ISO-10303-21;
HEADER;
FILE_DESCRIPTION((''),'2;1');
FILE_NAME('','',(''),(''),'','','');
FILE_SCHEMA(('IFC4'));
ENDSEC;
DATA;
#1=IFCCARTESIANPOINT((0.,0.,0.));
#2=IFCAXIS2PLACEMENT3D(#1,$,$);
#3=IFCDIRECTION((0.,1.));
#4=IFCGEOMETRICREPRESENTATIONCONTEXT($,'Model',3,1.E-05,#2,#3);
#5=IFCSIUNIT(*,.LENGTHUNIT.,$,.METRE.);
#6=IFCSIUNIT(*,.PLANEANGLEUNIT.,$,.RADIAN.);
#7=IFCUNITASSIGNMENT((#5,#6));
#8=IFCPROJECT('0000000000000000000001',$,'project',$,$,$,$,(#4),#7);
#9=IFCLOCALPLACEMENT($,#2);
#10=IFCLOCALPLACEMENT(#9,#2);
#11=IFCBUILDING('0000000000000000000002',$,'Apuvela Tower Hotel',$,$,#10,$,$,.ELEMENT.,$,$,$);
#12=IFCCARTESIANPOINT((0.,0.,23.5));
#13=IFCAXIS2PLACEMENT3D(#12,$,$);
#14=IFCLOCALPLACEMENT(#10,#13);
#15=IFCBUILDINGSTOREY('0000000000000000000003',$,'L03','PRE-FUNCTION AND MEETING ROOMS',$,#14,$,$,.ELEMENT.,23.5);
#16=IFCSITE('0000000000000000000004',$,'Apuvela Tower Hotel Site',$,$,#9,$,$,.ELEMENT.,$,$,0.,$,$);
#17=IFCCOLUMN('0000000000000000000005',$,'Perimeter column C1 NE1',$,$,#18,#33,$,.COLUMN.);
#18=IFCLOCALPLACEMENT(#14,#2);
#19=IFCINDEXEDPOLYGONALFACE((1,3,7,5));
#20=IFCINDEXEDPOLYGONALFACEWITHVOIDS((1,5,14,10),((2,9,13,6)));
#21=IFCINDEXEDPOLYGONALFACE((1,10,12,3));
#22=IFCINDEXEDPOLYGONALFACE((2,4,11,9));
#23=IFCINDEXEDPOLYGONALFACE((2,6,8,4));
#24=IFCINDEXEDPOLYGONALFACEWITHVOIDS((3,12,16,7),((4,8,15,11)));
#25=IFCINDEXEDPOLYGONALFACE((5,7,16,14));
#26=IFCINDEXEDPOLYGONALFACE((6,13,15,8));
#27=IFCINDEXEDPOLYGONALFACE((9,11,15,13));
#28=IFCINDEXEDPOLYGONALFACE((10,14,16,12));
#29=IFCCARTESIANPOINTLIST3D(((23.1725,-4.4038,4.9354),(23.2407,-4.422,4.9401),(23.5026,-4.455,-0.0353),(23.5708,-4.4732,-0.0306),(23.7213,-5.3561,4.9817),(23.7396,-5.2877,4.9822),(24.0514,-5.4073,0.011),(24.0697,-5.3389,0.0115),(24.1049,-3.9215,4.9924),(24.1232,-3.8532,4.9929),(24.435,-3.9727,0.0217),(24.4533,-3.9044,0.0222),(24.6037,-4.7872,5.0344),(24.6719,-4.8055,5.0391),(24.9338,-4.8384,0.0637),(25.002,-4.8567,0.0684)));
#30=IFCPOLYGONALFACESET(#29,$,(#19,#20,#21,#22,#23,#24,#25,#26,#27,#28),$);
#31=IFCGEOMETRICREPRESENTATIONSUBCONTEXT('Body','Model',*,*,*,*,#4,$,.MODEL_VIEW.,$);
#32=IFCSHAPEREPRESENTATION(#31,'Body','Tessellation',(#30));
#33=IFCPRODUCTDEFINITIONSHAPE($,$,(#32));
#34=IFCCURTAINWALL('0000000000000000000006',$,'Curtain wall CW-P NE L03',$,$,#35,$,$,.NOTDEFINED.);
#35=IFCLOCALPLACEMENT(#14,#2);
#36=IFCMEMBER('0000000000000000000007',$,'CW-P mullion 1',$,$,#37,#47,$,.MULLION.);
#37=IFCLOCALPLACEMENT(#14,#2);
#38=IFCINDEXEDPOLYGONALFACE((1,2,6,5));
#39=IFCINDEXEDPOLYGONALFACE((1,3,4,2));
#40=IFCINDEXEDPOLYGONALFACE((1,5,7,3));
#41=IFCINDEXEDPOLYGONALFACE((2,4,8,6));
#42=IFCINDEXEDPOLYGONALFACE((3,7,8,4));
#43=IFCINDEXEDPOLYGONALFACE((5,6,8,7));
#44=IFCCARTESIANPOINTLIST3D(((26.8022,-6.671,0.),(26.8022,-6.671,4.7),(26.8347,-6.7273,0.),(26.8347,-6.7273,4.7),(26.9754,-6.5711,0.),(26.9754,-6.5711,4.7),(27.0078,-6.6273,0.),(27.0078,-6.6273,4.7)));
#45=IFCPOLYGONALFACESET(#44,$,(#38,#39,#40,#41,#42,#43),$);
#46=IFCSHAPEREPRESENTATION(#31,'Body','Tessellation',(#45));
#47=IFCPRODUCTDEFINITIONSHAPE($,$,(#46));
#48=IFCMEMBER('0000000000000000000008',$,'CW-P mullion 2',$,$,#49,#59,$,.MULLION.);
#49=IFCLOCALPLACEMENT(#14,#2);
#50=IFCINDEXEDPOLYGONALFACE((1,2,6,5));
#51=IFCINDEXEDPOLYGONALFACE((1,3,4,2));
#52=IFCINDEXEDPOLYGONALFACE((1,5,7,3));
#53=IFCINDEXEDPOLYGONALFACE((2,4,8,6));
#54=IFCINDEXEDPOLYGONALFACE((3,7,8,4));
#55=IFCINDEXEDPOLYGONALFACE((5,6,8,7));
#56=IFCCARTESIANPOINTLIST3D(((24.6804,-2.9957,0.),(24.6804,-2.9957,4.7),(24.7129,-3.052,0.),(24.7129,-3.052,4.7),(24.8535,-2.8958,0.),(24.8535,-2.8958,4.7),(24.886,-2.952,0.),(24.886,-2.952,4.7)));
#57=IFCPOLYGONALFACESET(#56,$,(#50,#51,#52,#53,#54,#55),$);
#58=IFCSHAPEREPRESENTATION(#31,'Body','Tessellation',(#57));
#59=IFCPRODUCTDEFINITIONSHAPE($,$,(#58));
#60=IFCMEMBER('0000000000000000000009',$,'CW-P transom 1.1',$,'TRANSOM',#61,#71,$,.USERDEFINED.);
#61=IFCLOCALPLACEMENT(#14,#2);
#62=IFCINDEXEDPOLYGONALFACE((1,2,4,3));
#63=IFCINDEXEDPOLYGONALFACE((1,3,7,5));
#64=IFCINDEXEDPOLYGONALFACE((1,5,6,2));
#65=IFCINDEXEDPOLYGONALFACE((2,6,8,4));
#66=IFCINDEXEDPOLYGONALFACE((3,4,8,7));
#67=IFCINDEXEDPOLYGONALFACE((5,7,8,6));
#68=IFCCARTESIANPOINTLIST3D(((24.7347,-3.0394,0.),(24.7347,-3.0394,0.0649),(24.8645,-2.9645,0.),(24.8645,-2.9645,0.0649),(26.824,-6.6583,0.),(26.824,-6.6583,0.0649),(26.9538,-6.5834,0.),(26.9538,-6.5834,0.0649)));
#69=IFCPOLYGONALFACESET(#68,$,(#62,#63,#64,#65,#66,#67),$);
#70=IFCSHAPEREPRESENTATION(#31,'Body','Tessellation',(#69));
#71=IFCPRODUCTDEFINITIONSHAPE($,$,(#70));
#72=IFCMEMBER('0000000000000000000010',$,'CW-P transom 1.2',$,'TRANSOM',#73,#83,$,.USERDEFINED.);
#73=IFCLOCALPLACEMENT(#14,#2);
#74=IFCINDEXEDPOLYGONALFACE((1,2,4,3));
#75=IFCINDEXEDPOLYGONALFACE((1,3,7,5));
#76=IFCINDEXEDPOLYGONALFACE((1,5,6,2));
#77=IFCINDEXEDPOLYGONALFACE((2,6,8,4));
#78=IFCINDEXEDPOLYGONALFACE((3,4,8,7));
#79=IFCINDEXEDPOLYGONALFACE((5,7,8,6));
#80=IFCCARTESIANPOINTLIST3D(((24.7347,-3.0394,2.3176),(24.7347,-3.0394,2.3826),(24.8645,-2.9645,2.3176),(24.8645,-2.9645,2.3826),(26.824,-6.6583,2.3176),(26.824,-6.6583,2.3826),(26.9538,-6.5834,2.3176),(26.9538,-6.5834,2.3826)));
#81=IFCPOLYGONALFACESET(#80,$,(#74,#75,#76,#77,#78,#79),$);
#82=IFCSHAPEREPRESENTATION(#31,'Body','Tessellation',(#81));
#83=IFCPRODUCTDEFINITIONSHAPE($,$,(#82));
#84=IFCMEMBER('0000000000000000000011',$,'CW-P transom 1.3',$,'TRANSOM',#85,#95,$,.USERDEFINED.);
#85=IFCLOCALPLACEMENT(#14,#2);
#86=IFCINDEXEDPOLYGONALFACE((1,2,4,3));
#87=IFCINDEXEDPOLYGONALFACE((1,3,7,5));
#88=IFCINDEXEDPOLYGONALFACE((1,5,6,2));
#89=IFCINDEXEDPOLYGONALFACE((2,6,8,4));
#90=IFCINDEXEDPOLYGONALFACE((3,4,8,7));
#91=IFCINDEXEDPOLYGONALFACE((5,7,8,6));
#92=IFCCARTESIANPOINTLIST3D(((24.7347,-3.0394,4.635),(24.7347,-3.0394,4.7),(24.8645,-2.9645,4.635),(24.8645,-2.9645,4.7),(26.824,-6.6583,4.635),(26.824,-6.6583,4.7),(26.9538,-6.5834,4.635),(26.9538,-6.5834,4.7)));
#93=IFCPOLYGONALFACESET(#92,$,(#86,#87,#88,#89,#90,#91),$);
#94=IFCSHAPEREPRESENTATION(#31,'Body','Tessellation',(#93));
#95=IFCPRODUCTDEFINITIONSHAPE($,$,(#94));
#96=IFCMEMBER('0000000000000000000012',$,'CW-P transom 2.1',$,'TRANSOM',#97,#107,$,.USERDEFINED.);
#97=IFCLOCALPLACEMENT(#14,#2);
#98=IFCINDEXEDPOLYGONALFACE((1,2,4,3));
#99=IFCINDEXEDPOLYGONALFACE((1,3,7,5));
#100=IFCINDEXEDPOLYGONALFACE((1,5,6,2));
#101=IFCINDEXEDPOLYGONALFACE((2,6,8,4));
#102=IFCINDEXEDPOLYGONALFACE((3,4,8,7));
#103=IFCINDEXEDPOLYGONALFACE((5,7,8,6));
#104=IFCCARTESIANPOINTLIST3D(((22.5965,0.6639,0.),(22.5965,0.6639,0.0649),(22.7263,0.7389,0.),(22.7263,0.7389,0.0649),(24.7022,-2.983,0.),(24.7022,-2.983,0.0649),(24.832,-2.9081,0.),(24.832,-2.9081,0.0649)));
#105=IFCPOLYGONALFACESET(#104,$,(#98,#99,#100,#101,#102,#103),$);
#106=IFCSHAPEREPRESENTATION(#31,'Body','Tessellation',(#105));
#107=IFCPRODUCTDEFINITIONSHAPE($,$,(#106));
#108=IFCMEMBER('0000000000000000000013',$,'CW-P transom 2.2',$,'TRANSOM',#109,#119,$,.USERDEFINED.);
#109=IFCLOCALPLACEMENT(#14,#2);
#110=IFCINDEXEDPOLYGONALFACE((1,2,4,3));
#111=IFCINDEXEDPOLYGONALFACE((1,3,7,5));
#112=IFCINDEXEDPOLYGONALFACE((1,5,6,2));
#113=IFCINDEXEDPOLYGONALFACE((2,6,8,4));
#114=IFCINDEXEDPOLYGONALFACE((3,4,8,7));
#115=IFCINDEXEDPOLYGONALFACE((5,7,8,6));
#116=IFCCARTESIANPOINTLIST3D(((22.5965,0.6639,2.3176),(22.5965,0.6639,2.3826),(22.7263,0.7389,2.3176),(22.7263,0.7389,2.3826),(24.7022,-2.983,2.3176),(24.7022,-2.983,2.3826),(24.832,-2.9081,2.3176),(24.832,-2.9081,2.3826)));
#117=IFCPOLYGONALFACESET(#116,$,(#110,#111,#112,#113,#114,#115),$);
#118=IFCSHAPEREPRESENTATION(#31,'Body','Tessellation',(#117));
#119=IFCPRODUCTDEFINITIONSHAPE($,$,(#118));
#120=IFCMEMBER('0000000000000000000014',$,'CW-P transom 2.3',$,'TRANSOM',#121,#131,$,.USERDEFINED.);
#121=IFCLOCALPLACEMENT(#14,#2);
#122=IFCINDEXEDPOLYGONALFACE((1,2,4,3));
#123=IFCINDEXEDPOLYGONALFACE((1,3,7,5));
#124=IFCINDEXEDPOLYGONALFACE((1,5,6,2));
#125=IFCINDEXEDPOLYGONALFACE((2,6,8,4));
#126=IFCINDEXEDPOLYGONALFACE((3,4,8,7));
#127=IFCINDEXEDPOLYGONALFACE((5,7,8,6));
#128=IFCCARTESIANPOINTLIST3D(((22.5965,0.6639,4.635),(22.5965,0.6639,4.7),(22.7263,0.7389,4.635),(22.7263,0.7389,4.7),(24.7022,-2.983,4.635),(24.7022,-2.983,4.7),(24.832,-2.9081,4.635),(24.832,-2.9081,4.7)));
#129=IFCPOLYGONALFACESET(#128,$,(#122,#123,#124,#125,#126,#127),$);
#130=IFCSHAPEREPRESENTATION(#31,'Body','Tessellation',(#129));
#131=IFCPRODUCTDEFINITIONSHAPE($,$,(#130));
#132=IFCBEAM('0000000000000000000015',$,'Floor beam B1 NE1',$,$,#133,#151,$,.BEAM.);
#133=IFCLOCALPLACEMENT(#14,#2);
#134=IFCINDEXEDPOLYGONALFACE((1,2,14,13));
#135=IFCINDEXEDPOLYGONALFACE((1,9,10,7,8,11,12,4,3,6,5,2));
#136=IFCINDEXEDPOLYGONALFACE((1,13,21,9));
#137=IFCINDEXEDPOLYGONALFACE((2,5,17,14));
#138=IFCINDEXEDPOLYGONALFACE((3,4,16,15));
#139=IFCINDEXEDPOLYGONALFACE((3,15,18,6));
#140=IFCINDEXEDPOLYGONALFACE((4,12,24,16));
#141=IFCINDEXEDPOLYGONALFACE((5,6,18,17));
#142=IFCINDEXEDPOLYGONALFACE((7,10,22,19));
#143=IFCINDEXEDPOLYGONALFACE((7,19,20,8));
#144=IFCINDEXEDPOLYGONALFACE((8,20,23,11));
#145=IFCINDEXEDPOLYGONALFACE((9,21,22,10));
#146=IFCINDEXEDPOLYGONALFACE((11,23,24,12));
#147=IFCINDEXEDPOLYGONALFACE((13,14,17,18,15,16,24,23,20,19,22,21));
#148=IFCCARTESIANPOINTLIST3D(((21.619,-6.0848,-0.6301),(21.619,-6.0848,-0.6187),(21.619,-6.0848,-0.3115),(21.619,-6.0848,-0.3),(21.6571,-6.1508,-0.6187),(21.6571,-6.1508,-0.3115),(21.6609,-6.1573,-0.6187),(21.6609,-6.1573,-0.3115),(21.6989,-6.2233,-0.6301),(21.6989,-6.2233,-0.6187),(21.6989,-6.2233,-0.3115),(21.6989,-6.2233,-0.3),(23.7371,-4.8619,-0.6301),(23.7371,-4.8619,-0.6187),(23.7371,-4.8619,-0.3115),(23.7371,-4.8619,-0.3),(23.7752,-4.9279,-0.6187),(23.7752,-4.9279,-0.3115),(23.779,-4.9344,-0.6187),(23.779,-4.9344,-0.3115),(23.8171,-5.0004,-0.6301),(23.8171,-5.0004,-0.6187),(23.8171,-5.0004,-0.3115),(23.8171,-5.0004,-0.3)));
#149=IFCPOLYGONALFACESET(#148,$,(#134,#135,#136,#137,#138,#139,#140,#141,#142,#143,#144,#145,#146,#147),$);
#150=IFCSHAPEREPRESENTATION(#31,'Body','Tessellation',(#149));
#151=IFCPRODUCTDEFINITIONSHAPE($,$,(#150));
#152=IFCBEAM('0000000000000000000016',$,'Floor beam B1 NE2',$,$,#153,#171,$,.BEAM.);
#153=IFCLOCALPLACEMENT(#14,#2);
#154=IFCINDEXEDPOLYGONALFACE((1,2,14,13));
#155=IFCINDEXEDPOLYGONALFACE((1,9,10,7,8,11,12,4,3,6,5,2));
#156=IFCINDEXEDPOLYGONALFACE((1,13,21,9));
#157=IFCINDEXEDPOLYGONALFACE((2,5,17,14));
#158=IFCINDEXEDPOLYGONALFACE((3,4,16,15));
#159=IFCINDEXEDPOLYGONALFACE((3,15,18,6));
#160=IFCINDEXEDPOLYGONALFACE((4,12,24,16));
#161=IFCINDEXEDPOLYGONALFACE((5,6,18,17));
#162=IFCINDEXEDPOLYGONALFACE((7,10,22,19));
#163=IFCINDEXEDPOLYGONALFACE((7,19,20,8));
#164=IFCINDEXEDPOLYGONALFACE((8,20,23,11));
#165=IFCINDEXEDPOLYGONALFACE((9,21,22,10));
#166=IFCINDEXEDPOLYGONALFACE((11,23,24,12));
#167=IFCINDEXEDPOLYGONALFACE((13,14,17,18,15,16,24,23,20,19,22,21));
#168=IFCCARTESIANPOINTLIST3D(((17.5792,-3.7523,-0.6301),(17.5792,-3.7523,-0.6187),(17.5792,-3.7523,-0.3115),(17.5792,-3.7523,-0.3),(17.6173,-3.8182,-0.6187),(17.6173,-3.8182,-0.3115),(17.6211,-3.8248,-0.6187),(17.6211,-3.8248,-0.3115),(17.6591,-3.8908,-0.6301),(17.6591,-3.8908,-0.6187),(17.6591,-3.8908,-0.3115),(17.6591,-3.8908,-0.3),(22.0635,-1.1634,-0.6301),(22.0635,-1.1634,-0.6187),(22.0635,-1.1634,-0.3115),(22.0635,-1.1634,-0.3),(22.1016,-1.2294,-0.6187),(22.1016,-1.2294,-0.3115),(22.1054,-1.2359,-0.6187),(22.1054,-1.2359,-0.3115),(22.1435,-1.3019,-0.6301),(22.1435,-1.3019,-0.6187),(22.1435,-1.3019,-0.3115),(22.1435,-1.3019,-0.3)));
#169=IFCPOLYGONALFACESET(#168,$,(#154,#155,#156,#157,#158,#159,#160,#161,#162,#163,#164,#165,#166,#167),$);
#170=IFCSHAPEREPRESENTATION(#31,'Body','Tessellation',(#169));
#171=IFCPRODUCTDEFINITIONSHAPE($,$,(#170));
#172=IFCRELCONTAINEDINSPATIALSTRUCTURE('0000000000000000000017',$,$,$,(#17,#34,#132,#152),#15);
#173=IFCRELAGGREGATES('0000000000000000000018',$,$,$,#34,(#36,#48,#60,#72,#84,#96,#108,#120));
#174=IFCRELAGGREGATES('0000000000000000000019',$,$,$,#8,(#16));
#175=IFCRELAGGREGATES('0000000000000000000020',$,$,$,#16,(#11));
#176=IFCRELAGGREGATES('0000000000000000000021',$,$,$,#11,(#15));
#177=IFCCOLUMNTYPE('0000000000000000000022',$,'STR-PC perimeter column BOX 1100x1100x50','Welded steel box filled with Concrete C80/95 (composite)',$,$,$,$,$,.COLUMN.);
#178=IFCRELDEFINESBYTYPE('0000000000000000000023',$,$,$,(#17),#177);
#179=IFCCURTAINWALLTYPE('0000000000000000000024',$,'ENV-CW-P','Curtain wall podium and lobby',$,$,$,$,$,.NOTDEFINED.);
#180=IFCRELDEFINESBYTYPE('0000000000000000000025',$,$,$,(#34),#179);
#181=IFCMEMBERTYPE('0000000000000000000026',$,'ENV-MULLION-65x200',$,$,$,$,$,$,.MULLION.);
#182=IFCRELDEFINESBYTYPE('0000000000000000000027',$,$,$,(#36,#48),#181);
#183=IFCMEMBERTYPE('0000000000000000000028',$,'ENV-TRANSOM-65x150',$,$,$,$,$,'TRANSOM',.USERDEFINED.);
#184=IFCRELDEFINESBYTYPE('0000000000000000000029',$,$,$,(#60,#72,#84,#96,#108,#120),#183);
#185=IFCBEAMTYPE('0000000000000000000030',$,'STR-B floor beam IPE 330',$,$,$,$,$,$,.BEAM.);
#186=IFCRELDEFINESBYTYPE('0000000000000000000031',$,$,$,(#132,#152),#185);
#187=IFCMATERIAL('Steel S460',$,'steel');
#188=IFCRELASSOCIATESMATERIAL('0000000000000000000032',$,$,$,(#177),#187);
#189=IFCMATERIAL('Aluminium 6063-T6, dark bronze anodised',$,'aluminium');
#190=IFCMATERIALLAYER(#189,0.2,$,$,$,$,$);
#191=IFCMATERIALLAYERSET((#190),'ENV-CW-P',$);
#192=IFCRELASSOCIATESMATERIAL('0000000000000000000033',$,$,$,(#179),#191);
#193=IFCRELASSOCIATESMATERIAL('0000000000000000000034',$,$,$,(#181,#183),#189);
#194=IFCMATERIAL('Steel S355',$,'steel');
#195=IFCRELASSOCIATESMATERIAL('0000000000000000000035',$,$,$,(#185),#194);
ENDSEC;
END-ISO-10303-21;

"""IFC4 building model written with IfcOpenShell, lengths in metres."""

from ifc_helpers import new_model, si_unit, direction, frame, origin, origin_2d, place, context, subcontext, project, spatial, rectangle, hollow_rectangle, i_section, extrude, boolean, halfspace, material, layer, layer_set, material_profile, profile_set, type_object, element, aggregate, save


model = new_model("IFC4")

# Units and contexts
model_context = context("Model", 3, precision=1e-05, world=origin(), true_north=direction((0.0, 1.0)))
body_context = subcontext(model_context, "Body", "Model", "MODEL_VIEW")
ifc_project = project(units=[si_unit("LENGTHUNIT", "METRE"), si_unit("PLANEANGLEUNIT", "RADIAN")], contexts=[model_context])

# Site, building, storey
site_placement = place(None, origin())
site = spatial("IfcSite", under=ifc_project, at=site_placement, Name="Apuvela Tower Hotel Site", CompositionType="ELEMENT", RefElevation=0.0)
building_placement = place(site_placement, origin())
building = spatial("IfcBuilding", under=site, at=building_placement, Name="Apuvela Tower Hotel", CompositionType="ELEMENT")
storey_placement = place(building_placement, frame((0.0, 0.0, 23.5)))
storey = spatial("IfcBuildingStorey", under=building, at=storey_placement, Name="L03", Description="PRE-FUNCTION AND MEETING ROOMS", CompositionType="ELEMENT", Elevation=23.5)

# Column
ifc_material_1 = material(Name="Steel S460", Category="steel")
ifc_material_profile_1 = material_profile(ifc_material_1, hollow_rectangle(XDim=1.1001, YDim=1.1001, WallThickness=0.05, at=origin_2d()), Name="BOX 1100x1100x50")
ifc_material_2 = material(Name="Concrete C80/95", Category="concrete")
ifc_material_profile_2 = material_profile(ifc_material_2, rectangle(XDim=1.0, YDim=1.0, at=origin_2d()), Name="Concrete C80/95 infill")
ifc_profile_set_1 = profile_set([ifc_material_profile_1, ifc_material_profile_2], Name="Steel S460")
column_type = type_object("IfcColumnType", Name="STR-PC perimeter column BOX 1100x1100x50", Description="Welded steel box filled with Concrete C80/95 (composite)", PredefinedType="COLUMN", material=ifc_profile_set_1)
column_placement = place(storey_placement, frame((24.2534, -4.656, 0.0), z_axis=(-0.066257, 0.01028, 0.99775), x_axis=(0.498833, -0.865678, 0.042044)))
element("IfcColumn", 1, at=column_placement, inside=storey, type_object=column_type, Name="Perimeter column C1 NE1", PredefinedType="COLUMN", context=body_context, shape_type="SweptSolid", body=[
    boolean("DIFFERENCE", boolean("DIFFERENCE", extrude(hollow_rectangle(XDim=1.1001, YDim=1.1001, WallThickness=0.05, at=origin_2d()), origin(), (0.0, 0.0, 1.0), 5.0112), halfspace(frame((0.0, 0.0, 0.0166), z_axis=(0.0, 0.0, 1.0), x_axis=(1.0, 0.0, 0.0)), True)), halfspace(frame((0.0, 0.0, 4.9985), z_axis=(0.0, 0.0, 1.0), x_axis=(1.0, 0.0, 0.0)), False)),
])

# Curtain wall, members
ifc_material_3 = material(Name="Aluminium 6063-T6, dark bronze anodised", Category="aluminium")
ifc_layer_1 = layer(ifc_material_3, 0.2)
ifc_layer_set_1 = layer_set([ifc_layer_1], Name="ENV-CW-P")
curtain_wall_type = type_object("IfcCurtainWallType", Name="ENV-CW-P", Description="Curtain wall podium and lobby", PredefinedType="NOTDEFINED", material=ifc_layer_set_1)
curtain_wall_placement = place(storey_placement, origin())
curtain_wall = element("IfcCurtainWall", 2, at=curtain_wall_placement, inside=storey, type_object=curtain_wall_type, Name="Curtain wall CW-P NE L03", PredefinedType="NOTDEFINED")
ifc_material_profile_3 = material_profile(ifc_material_3, rectangle(XDim=0.2, YDim=0.0649, at=origin_2d()), Name="AL 65x200")
ifc_profile_set_2 = profile_set([ifc_material_profile_3], Name="Aluminium 6063-T6, dark bronze anodised")
member_type_1 = type_object("IfcMemberType", Name="ENV-MULLION-65x200", PredefinedType="MULLION", material=ifc_profile_set_2)
member_1_placement = place(storey_placement, frame((26.905, -6.6492, 0.0), z_axis=(0.0, 0.0, 1.0), x_axis=(-0.866026, -0.5, 0.0)))
member_1 = element("IfcMember", 3, at=member_1_placement, type_object=member_type_1, Name="CW-P mullion 1", PredefinedType="MULLION", context=body_context, shape_type="SweptSolid", body=[
    extrude(rectangle(XDim=0.2, YDim=0.0649, at=origin_2d()), origin(), (0.0, 0.0, 1.0), 4.7),
])
member_2_placement = place(storey_placement, frame((24.7832, -2.9739, 0.0), z_axis=(0.0, 0.0, 1.0), x_axis=(-0.866026, -0.5, 0.0)))
member_2 = element("IfcMember", 4, at=member_2_placement, type_object=member_type_1, Name="CW-P mullion 2", PredefinedType="MULLION", context=body_context, shape_type="SweptSolid", body=[
    extrude(rectangle(XDim=0.2, YDim=0.0649, at=origin_2d()), origin(), (0.0, 0.0, 1.0), 4.7),
])
ifc_material_profile_4 = material_profile(ifc_material_3, rectangle(XDim=0.1499, YDim=0.0649, at=origin_2d()), Name="AL 65x150 transom")
ifc_profile_set_3 = profile_set([ifc_material_profile_4], Name="Aluminium 6063-T6, dark bronze anodised")
member_type_2 = type_object("IfcMemberType", Name="ENV-TRANSOM-65x150", ElementType="TRANSOM", PredefinedType="USERDEFINED", material=ifc_profile_set_3)
member_3_placement = place(storey_placement, frame((26.8889, -6.6208, 0.0325), z_axis=(-0.499997, 0.866027, 0.0), x_axis=(-0.866027, -0.499997, 0.0)))
member_3 = element("IfcMember", 5, at=member_3_placement, type_object=member_type_2, Name="CW-P transom 1.1", ObjectType="TRANSOM", PredefinedType="USERDEFINED", context=body_context, shape_type="SweptSolid", body=[
    extrude(rectangle(XDim=0.1499, YDim=0.0649, at=origin_2d()), origin(), (0.0, 0.0, 1.0), 4.1787),
])
member_4_placement = place(storey_placement, frame((26.8889, -6.6208, 2.3501), z_axis=(-0.499997, 0.866027, 0.0), x_axis=(-0.866027, -0.499997, 0.0)))
member_4 = element("IfcMember", 6, at=member_4_placement, type_object=member_type_2, Name="CW-P transom 1.2", ObjectType="TRANSOM", PredefinedType="USERDEFINED", context=body_context, shape_type="SweptSolid", body=[
    extrude(rectangle(XDim=0.1499, YDim=0.0649, at=origin_2d()), origin(), (0.0, 0.0, 1.0), 4.1787),
])
member_5_placement = place(storey_placement, frame((26.8889, -6.6208, 4.6675), z_axis=(-0.499997, 0.866027, 0.0), x_axis=(-0.866027, -0.499997, 0.0)))
member_5 = element("IfcMember", 7, at=member_5_placement, type_object=member_type_2, Name="CW-P transom 1.3", ObjectType="TRANSOM", PredefinedType="USERDEFINED", context=body_context, shape_type="SweptSolid", body=[
    extrude(rectangle(XDim=0.1499, YDim=0.0649, at=origin_2d()), origin(), (0.0, 0.0, 1.0), 4.1787),
])
member_6_placement = place(storey_placement, frame((24.7671, -2.9456, 0.0325), z_axis=(-0.500024, 0.866012, 0.0), x_axis=(-0.866012, -0.500024, 0.0)))
member_6 = element("IfcMember", 8, at=member_6_placement, type_object=member_type_2, Name="CW-P transom 2.1", ObjectType="TRANSOM", PredefinedType="USERDEFINED", context=body_context, shape_type="SweptSolid", body=[
    extrude(rectangle(XDim=0.1499, YDim=0.0649, at=origin_2d()), origin(), (0.0, 0.0, 1.0), 4.2112),
])
member_7_placement = place(storey_placement, frame((24.7671, -2.9456, 2.3501), z_axis=(-0.500024, 0.866012, 0.0), x_axis=(-0.866012, -0.500024, 0.0)))
member_7 = element("IfcMember", 9, at=member_7_placement, type_object=member_type_2, Name="CW-P transom 2.2", ObjectType="TRANSOM", PredefinedType="USERDEFINED", context=body_context, shape_type="SweptSolid", body=[
    extrude(rectangle(XDim=0.1499, YDim=0.0649, at=origin_2d()), origin(), (0.0, 0.0, 1.0), 4.2112),
])
member_8_placement = place(storey_placement, frame((24.7671, -2.9456, 4.6675), z_axis=(-0.500024, 0.866012, 0.0), x_axis=(-0.866012, -0.500024, 0.0)))
member_8 = element("IfcMember", 10, at=member_8_placement, type_object=member_type_2, Name="CW-P transom 2.3", ObjectType="TRANSOM", PredefinedType="USERDEFINED", context=body_context, shape_type="SweptSolid", body=[
    extrude(rectangle(XDim=0.1499, YDim=0.0649, at=origin_2d()), origin(), (0.0, 0.0, 1.0), 4.2112),
])

# Beams
ifc_material_4 = material(Name="Steel S355", Category="steel")
ifc_material_profile_5 = material_profile(ifc_material_4, i_section(OverallWidth=0.1599, OverallDepth=0.3301, WebThickness=0.0076, FlangeThickness=0.0115, at=origin_2d()), Name="IPE 330")
ifc_profile_set_4 = profile_set([ifc_material_profile_5], Name="Steel S355")
beam_type_1 = type_object("IfcBeamType", Name="STR-B floor beam IPE 330", PredefinedType="BEAM", material=ifc_profile_set_4)
beam_1_placement = place(storey_placement, frame((23.7771, -4.9312, -0.4651), z_axis=(-0.866029, -0.499993, 0.0), x_axis=(0.499993, -0.866029, 0.0)))
element("IfcBeam", 11, at=beam_1_placement, inside=storey, type_object=beam_type_1, Name="Floor beam B1 NE1", PredefinedType="BEAM", context=body_context, shape_type="SweptSolid", body=[
    extrude(i_section(OverallWidth=0.1599, OverallDepth=0.3301, WebThickness=0.0076, FlangeThickness=0.0115, at=origin_2d()), origin(), (0.0, 0.0, 1.0), 2.4458),
])
beam_2_placement = place(storey_placement, frame((22.1035, -1.2327, -0.4651), z_axis=(-0.866041, -0.499973, 0.0), x_axis=(0.499973, -0.866041, 0.0)))
element("IfcBeam", 12, at=beam_2_placement, inside=storey, type_object=beam_type_1, Name="Floor beam B1 NE2", PredefinedType="BEAM", context=body_context, shape_type="SweptSolid", body=[
    extrude(i_section(OverallWidth=0.1599, OverallDepth=0.3301, WebThickness=0.0076, FlangeThickness=0.0115, at=origin_2d()), origin(), (0.0, 0.0, 1.0), 5.178),
])

aggregate(curtain_wall, [member_1, member_2, member_3, member_4, member_5, member_6, member_7, member_8])

save(model, "model.ifc")
